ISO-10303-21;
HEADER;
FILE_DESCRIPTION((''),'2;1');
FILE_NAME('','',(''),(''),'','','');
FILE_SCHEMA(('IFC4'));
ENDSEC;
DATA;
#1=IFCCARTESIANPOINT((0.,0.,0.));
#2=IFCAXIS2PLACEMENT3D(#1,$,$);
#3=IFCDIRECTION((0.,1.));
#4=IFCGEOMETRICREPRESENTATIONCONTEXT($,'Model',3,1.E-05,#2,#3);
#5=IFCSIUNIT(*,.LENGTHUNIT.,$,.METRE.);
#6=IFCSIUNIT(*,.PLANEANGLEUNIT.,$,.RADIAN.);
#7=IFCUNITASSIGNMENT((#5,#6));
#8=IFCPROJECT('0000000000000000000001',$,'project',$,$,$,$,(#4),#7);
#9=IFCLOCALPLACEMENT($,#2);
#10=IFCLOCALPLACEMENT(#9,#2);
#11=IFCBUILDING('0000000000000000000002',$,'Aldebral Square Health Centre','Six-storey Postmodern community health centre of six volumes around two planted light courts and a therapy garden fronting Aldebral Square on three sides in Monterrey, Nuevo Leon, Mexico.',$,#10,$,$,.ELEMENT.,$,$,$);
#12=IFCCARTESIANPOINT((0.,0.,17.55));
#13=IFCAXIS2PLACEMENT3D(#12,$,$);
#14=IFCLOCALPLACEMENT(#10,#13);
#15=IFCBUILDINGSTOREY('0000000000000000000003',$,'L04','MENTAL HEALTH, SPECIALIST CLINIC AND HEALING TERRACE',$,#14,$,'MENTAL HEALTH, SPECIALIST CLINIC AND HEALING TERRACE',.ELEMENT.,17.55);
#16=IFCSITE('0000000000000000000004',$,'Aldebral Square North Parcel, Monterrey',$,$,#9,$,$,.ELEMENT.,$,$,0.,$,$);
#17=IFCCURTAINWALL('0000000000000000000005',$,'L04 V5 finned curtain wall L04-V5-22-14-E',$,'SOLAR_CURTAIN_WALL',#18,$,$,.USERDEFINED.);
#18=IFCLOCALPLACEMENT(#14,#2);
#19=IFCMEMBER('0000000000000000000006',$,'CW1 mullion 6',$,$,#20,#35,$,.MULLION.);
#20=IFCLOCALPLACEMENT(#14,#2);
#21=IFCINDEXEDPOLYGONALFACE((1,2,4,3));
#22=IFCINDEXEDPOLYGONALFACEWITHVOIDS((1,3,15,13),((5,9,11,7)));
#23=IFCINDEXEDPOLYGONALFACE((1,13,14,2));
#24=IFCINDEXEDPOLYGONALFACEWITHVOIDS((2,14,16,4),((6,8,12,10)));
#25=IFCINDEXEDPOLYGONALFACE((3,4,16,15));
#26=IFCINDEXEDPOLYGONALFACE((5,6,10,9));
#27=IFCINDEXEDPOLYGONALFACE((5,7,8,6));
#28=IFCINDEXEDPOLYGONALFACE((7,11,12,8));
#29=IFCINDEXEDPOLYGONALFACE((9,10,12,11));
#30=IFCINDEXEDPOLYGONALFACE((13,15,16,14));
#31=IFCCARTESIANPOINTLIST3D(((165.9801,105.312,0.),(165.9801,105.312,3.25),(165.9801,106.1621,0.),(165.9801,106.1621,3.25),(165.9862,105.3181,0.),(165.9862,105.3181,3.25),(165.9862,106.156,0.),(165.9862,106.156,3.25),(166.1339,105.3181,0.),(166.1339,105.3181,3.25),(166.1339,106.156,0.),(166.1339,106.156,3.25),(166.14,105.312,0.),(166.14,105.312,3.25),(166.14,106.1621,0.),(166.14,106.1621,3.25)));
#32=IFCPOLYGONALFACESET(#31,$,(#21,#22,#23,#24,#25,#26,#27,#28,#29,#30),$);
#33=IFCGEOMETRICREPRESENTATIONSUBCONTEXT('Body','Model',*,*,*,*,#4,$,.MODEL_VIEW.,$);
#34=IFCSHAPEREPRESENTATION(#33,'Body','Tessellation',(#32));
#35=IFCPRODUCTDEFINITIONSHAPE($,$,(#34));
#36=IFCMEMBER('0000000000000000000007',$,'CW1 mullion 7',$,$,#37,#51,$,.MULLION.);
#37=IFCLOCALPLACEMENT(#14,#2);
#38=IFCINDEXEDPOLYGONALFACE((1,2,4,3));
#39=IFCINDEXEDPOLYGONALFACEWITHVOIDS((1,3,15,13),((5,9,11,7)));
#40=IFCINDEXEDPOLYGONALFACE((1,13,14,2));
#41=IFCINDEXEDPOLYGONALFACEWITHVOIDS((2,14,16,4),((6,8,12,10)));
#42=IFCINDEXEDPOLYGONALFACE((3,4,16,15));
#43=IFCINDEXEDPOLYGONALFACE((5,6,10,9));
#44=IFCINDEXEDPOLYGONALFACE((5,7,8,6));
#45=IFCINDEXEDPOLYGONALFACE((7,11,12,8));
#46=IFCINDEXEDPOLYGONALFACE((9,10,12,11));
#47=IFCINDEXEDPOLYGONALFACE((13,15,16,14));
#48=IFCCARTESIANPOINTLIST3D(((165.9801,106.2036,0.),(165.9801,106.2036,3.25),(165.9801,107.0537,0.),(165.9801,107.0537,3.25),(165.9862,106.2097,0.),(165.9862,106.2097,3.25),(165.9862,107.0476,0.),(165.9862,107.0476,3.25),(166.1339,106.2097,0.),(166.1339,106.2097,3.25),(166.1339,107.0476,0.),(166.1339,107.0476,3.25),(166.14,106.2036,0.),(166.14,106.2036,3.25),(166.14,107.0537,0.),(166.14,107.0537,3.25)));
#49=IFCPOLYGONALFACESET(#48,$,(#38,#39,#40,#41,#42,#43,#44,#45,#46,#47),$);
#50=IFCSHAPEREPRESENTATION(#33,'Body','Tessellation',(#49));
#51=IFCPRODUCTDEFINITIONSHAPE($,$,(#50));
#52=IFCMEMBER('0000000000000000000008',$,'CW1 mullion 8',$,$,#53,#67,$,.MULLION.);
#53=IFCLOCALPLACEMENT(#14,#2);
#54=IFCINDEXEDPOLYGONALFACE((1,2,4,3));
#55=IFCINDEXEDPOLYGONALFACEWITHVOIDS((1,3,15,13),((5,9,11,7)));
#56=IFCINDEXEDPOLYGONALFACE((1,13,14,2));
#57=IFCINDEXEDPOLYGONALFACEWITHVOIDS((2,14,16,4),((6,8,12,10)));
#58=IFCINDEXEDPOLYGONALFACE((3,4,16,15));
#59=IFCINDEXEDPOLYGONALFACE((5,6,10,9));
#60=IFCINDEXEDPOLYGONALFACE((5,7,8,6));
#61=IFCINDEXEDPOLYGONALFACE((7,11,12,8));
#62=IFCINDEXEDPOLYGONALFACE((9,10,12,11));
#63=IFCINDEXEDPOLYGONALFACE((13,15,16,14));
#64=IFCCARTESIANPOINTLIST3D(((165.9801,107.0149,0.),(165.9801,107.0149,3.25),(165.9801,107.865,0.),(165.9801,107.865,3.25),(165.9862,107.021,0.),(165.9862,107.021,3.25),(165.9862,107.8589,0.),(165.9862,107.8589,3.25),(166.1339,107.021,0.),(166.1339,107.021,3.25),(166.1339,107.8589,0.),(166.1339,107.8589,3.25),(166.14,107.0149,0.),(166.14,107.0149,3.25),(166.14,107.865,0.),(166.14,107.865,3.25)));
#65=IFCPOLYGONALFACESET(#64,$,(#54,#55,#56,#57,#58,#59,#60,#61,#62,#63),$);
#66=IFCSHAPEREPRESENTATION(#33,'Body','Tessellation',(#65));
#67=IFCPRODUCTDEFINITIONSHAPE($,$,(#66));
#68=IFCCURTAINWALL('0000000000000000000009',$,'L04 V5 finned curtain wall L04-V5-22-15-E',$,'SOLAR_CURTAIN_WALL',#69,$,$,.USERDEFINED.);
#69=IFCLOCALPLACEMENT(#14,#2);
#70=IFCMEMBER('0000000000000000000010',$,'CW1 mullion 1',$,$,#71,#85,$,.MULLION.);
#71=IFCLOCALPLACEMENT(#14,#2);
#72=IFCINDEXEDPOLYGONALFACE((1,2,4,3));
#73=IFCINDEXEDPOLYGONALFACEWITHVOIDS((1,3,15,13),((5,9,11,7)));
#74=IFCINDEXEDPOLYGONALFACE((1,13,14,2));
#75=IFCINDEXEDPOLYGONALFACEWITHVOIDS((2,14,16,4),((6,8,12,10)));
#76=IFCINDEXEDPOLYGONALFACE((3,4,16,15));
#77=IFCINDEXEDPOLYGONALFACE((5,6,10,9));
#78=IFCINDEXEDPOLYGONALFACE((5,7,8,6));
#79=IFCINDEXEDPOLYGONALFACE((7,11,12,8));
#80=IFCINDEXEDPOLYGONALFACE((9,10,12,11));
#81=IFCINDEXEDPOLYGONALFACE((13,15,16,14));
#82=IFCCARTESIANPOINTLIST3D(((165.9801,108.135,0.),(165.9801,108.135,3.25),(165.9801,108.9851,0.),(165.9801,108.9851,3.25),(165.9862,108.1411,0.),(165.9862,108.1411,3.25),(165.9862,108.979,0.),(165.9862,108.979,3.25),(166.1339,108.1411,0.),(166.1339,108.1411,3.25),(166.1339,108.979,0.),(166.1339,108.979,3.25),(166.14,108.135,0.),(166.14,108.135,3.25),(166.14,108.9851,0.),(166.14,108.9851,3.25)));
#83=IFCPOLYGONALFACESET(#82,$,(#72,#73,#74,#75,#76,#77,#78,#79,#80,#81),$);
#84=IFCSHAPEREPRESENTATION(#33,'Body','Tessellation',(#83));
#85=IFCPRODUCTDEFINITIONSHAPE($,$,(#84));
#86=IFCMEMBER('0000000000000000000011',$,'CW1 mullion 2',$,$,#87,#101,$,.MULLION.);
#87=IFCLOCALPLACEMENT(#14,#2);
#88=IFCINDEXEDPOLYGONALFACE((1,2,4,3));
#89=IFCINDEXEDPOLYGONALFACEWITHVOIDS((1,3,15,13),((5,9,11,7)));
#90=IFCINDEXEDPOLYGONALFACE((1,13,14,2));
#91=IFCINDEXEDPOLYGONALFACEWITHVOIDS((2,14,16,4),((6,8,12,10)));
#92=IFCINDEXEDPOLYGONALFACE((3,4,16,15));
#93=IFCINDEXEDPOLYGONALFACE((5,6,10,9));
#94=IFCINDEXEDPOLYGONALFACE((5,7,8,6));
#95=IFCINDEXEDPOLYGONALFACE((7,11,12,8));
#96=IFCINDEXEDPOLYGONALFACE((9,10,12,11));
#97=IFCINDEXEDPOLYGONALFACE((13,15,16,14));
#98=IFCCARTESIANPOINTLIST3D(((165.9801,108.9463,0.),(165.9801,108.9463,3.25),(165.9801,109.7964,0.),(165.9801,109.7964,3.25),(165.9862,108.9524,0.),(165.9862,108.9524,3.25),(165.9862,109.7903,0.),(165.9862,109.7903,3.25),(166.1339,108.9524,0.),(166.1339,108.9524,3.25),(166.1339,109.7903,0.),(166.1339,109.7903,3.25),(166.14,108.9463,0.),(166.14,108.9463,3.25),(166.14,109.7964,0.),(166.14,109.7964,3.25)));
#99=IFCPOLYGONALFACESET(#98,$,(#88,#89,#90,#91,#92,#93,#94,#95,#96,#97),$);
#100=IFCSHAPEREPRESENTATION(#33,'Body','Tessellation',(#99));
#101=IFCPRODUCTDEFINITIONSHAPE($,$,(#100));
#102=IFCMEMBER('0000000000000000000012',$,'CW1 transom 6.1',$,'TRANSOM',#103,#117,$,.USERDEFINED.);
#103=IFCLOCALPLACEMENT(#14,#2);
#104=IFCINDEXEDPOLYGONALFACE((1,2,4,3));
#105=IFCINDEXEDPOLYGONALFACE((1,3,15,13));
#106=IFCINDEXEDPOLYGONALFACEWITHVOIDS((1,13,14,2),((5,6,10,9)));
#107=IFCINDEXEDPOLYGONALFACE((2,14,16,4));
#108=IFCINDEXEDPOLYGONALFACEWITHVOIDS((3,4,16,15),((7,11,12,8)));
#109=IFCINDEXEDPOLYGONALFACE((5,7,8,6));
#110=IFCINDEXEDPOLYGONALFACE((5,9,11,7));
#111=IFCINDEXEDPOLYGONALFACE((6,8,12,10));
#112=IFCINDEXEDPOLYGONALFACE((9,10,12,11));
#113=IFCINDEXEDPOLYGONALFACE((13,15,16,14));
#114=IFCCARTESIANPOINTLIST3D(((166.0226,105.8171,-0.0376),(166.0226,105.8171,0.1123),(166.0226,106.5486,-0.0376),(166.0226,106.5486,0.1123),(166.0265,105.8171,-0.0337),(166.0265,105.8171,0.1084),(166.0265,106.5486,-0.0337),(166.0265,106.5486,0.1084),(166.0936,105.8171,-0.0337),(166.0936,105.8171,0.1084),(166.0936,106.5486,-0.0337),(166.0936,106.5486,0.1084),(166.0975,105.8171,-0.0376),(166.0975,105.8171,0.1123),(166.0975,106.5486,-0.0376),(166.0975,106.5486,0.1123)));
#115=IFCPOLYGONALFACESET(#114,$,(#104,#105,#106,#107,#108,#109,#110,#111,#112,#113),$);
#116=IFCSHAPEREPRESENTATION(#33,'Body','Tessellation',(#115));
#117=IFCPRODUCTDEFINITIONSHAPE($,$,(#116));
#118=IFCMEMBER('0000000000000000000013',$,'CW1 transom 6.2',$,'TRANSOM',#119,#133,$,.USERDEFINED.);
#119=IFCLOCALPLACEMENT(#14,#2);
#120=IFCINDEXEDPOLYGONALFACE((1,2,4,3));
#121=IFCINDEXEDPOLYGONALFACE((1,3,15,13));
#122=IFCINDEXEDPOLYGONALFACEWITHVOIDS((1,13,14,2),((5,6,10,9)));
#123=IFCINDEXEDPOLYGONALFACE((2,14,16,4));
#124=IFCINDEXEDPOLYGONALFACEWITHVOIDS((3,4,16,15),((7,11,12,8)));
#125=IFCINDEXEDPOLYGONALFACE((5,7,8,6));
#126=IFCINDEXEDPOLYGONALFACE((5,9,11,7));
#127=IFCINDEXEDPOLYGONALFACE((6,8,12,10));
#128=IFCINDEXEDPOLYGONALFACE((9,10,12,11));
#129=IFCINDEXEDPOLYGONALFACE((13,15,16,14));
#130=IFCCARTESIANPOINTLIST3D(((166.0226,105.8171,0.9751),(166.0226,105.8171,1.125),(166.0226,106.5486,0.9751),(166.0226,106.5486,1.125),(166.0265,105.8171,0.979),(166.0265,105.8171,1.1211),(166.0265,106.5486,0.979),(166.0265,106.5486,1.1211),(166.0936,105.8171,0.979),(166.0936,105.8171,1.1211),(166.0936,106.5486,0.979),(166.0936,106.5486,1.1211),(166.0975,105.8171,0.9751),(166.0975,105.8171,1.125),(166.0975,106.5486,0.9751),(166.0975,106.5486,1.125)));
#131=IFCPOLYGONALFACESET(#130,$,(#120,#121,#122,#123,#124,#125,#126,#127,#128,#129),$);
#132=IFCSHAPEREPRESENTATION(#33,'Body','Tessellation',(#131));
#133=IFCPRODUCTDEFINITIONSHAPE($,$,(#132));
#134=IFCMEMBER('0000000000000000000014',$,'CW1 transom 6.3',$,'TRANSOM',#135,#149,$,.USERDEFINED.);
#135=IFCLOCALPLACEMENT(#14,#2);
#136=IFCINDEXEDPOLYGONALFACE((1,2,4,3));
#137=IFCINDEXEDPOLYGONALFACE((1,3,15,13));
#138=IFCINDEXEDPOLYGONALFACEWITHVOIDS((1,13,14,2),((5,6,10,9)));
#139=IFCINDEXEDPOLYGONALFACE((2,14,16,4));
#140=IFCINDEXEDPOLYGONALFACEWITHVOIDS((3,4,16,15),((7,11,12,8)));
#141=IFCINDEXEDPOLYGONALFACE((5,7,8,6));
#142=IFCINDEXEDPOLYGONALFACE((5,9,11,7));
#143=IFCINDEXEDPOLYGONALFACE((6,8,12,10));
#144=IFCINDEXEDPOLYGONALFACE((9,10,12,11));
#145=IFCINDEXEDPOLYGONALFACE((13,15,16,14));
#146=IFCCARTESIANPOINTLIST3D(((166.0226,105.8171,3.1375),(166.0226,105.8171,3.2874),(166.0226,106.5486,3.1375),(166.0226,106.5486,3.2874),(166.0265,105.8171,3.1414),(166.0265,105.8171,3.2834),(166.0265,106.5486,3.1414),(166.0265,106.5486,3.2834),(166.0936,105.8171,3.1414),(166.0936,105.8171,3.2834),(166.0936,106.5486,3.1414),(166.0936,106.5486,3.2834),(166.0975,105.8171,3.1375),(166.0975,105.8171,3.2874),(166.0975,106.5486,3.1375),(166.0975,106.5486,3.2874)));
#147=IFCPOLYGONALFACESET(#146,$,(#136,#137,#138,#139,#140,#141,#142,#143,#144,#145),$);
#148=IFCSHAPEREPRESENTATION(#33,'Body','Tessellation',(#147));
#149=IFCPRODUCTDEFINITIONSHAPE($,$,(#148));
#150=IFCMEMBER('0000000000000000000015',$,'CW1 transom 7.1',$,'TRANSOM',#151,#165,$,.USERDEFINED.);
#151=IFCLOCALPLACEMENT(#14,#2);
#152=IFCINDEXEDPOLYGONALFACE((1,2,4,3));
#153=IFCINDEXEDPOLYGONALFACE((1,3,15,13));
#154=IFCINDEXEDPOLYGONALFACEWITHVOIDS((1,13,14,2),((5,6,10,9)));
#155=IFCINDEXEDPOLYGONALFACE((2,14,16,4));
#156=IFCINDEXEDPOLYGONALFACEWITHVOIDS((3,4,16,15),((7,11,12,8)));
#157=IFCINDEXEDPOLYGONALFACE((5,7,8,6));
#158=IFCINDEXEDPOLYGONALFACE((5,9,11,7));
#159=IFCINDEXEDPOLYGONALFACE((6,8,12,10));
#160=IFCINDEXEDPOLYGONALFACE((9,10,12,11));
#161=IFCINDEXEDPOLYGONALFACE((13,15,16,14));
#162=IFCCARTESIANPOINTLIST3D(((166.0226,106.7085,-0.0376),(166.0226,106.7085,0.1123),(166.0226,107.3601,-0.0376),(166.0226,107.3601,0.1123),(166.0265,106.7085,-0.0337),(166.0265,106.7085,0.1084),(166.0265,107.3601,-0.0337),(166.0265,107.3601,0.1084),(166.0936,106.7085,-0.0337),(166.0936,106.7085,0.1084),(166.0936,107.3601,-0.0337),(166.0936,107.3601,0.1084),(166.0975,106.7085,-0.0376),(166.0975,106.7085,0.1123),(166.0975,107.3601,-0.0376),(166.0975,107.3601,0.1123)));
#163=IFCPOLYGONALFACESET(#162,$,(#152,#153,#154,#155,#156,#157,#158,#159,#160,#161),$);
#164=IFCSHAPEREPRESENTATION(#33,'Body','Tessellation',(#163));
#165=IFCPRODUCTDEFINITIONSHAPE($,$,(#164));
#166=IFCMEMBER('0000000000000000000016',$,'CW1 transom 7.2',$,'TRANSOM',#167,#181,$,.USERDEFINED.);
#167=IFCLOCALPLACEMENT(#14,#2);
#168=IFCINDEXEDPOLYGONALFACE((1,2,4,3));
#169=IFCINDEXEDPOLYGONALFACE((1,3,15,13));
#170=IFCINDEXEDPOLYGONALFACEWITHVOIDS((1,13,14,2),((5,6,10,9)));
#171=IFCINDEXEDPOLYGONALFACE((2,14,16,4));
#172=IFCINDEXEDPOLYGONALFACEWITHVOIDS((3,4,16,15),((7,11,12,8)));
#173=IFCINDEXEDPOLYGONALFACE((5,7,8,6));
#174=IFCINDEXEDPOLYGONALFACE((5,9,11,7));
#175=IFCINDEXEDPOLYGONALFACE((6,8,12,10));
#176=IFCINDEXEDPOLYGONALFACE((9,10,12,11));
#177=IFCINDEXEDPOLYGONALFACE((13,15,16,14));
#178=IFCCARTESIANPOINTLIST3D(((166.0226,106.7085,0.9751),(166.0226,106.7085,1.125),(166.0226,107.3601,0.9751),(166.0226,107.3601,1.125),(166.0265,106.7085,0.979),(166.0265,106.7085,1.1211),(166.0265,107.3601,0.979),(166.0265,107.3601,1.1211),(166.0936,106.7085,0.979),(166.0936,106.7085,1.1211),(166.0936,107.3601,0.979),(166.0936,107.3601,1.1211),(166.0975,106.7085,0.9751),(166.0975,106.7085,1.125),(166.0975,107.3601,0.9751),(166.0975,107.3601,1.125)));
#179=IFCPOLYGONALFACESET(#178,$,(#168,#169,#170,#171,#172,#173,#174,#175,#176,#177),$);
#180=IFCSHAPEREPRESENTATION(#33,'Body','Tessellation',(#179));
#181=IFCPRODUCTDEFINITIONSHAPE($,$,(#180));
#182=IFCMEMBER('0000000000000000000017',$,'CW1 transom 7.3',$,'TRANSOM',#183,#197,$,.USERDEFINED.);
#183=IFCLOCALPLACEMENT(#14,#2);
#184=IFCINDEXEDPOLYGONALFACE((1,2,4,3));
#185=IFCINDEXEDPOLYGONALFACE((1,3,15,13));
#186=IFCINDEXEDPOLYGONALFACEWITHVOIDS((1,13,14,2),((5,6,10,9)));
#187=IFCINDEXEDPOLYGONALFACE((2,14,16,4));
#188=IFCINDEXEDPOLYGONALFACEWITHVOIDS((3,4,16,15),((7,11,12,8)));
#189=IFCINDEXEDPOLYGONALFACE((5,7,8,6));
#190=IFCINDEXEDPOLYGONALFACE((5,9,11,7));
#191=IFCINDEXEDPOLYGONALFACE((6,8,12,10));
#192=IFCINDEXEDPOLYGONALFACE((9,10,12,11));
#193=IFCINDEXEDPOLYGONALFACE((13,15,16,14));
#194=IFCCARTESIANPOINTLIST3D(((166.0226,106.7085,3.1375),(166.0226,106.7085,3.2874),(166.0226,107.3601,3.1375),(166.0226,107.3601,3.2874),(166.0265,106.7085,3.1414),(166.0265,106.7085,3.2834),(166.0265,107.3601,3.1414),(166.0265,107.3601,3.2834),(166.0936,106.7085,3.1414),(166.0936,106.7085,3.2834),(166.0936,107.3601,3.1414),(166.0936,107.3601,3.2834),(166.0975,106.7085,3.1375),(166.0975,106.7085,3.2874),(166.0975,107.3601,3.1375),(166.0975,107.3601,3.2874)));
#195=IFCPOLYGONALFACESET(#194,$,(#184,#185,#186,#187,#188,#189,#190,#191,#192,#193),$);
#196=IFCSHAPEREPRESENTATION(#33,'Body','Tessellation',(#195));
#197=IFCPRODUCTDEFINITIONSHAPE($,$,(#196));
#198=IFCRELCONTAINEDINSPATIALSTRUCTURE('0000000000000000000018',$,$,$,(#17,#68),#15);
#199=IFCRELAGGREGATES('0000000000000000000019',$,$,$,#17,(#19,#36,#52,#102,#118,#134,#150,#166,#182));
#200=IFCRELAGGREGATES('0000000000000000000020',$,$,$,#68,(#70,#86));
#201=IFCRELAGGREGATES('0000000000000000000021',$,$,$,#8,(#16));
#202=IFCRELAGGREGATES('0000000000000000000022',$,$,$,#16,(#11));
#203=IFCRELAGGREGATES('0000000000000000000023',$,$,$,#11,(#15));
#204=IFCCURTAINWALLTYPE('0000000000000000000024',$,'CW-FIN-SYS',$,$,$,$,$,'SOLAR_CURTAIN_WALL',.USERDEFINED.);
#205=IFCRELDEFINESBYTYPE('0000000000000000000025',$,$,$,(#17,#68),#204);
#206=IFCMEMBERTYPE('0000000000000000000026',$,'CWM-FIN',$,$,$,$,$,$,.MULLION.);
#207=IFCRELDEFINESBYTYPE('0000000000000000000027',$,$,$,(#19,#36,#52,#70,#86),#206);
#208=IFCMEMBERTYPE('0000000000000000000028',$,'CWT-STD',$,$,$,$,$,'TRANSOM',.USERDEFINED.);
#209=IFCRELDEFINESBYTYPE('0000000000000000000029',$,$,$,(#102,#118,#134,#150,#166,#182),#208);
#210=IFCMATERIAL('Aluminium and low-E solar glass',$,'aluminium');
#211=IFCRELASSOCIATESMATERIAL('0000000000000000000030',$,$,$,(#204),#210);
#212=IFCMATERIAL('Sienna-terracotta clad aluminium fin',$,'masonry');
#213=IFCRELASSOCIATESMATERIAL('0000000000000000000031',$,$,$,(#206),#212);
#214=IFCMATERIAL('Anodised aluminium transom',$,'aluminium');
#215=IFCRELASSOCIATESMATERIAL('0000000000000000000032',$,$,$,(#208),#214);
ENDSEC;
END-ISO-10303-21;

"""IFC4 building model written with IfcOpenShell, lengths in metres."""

from ifc_helpers import new_model, si_unit, direction, frame, origin, origin_2d, place, context, subcontext, project, spatial, hollow_rectangle, extrude, material, material_profile, profile_set, type_object, element, aggregate, save


model = new_model("IFC4")

# Units and contexts
model_context = context("Model", 3, precision=1e-05, world=origin(), true_north=direction((0.0, 1.0)))
body_context = subcontext(model_context, "Body", "Model", "MODEL_VIEW")
ifc_project = project(units=[si_unit("LENGTHUNIT", "METRE"), si_unit("PLANEANGLEUNIT", "RADIAN")], contexts=[model_context])

# Site, building, storey
site_placement = place(None, origin())
site = spatial("IfcSite", under=ifc_project, at=site_placement, Name="Aldebral Square North Parcel, Monterrey", CompositionType="ELEMENT", RefElevation=0.0)
building_placement = place(site_placement, origin())
building = spatial("IfcBuilding", under=site, at=building_placement, Name="Aldebral Square Health Centre", Description="Six-storey Postmodern community health centre of six volumes around two planted light courts and a therapy garden fronting Aldebral Square on three sides in Monterrey, Nuevo Leon, Mexico.", CompositionType="ELEMENT")
storey_placement = place(building_placement, frame((0.0, 0.0, 17.55)))
storey = spatial("IfcBuildingStorey", under=building, at=storey_placement, Name="L04", Description="MENTAL HEALTH, SPECIALIST CLINIC AND HEALING TERRACE", LongName="MENTAL HEALTH, SPECIALIST CLINIC AND HEALING TERRACE", CompositionType="ELEMENT", Elevation=17.55)

# Curtain walls, members
ifc_material_1 = material(Name="Aluminium and low-E solar glass", Category="aluminium")
curtain_wall_type = type_object("IfcCurtainWallType", Name="CW-FIN-SYS", ElementType="SOLAR_CURTAIN_WALL", PredefinedType="USERDEFINED", material=ifc_material_1)
curtain_wall_1_placement = place(storey_placement, origin())
curtain_wall_1 = element("IfcCurtainWall", 1, at=curtain_wall_1_placement, inside=storey, type_object=curtain_wall_type, Name="L04 V5 finned curtain wall L04-V5-22-14-E", ObjectType="SOLAR_CURTAIN_WALL", PredefinedType="USERDEFINED")
ifc_material_2 = material(Name="Sienna-terracotta clad aluminium fin", Category="masonry")
ifc_material_profile_1 = material_profile(ifc_material_2, hollow_rectangle(XDim=0.1599, YDim=0.8501, WallThickness=0.0061, at=origin_2d()), Name="FIN 160x850x6")
ifc_profile_set_1 = profile_set([ifc_material_profile_1], Name="Sienna-terracotta clad aluminium fin")
member_type_1 = type_object("IfcMemberType", Name="CWM-FIN", PredefinedType="MULLION", material=ifc_profile_set_1)
member_1_placement = place(storey_placement, frame((166.0601, 105.7371, 0.0), z_axis=(0.0, 0.0, 1.0), x_axis=(-1.0, 0.0, 0.0)))
member_1 = element("IfcMember", 2, at=member_1_placement, type_object=member_type_1, Name="CW1 mullion 6", PredefinedType="MULLION", context=body_context, shape_type="SweptSolid", body=[
    extrude(hollow_rectangle(XDim=0.1599, YDim=0.8501, WallThickness=0.0061, at=origin_2d()), origin(), (0.0, 0.0, 1.0), 3.25),
])
member_2_placement = place(storey_placement, frame((166.0601, 106.6287, 0.0), z_axis=(0.0, 0.0, 1.0), x_axis=(-1.0, 0.0, 0.0)))
member_2 = element("IfcMember", 3, at=member_2_placement, type_object=member_type_1, Name="CW1 mullion 7", PredefinedType="MULLION", context=body_context, shape_type="SweptSolid", body=[
    extrude(hollow_rectangle(XDim=0.1599, YDim=0.8501, WallThickness=0.0061, at=origin_2d()), origin(), (0.0, 0.0, 1.0), 3.25),
])
member_3_placement = place(storey_placement, frame((166.0601, 107.4399, 0.0), z_axis=(0.0, 0.0, 1.0), x_axis=(-1.0, 0.0, 0.0)))
member_3 = element("IfcMember", 4, at=member_3_placement, type_object=member_type_1, Name="CW1 mullion 8", PredefinedType="MULLION", context=body_context, shape_type="SweptSolid", body=[
    extrude(hollow_rectangle(XDim=0.1599, YDim=0.8501, WallThickness=0.0061, at=origin_2d()), origin(), (0.0, 0.0, 1.0), 3.25),
])
curtain_wall_2_placement = place(storey_placement, origin())
curtain_wall_2 = element("IfcCurtainWall", 5, at=curtain_wall_2_placement, inside=storey, type_object=curtain_wall_type, Name="L04 V5 finned curtain wall L04-V5-22-15-E", ObjectType="SOLAR_CURTAIN_WALL", PredefinedType="USERDEFINED")
member_4_placement = place(storey_placement, frame((166.0601, 108.5601, 0.0), z_axis=(0.0, 0.0, 1.0), x_axis=(-1.0, 0.0, 0.0)))
member_4 = element("IfcMember", 6, at=member_4_placement, type_object=member_type_1, Name="CW1 mullion 1", PredefinedType="MULLION", context=body_context, shape_type="SweptSolid", body=[
    extrude(hollow_rectangle(XDim=0.1599, YDim=0.8501, WallThickness=0.0061, at=origin_2d()), origin(), (0.0, 0.0, 1.0), 3.25),
])
member_5_placement = place(storey_placement, frame((166.0601, 109.3713, 0.0), z_axis=(0.0, 0.0, 1.0), x_axis=(-1.0, 0.0, 0.0)))
member_5 = element("IfcMember", 7, at=member_5_placement, type_object=member_type_1, Name="CW1 mullion 2", PredefinedType="MULLION", context=body_context, shape_type="SweptSolid", body=[
    extrude(hollow_rectangle(XDim=0.1599, YDim=0.8501, WallThickness=0.0061, at=origin_2d()), origin(), (0.0, 0.0, 1.0), 3.25),
])

# Members
ifc_material_3 = material(Name="Anodised aluminium transom", Category="aluminium")
ifc_material_profile_2 = material_profile(ifc_material_3, hollow_rectangle(XDim=0.075, YDim=0.1499, WallThickness=0.0039, at=origin_2d()), Name="CWT 75x150x4")
ifc_profile_set_2 = profile_set([ifc_material_profile_2], Name="Anodised aluminium transom")
member_type_2 = type_object("IfcMemberType", Name="CWT-STD", ElementType="TRANSOM", PredefinedType="USERDEFINED", material=ifc_profile_set_2)
member_6_placement = place(storey_placement, frame((166.0601, 105.8171, 0.0374), z_axis=(0.0, 1.0, 0.0), x_axis=(-1.0, 0.0, 0.0)))
member_6 = element("IfcMember", 8, at=member_6_placement, type_object=member_type_2, Name="CW1 transom 6.1", ObjectType="TRANSOM", PredefinedType="USERDEFINED", context=body_context, shape_type="SweptSolid", body=[
    extrude(hollow_rectangle(XDim=0.075, YDim=0.1499, WallThickness=0.0039, at=origin_2d()), origin(), (0.0, 0.0, 1.0), 0.7314),
])
member_7_placement = place(storey_placement, frame((166.0601, 105.8171, 1.05), z_axis=(0.0, 1.0, 0.0), x_axis=(-1.0, 0.0, 0.0)))
member_7 = element("IfcMember", 9, at=member_7_placement, type_object=member_type_2, Name="CW1 transom 6.2", ObjectType="TRANSOM", PredefinedType="USERDEFINED", context=body_context, shape_type="SweptSolid", body=[
    extrude(hollow_rectangle(XDim=0.075, YDim=0.1499, WallThickness=0.0039, at=origin_2d()), origin(), (0.0, 0.0, 1.0), 0.7314),
])
member_8_placement = place(storey_placement, frame((166.0601, 105.8171, 3.2124), z_axis=(0.0, 1.0, 0.0), x_axis=(-1.0, 0.0, 0.0)))
member_8 = element("IfcMember", 10, at=member_8_placement, type_object=member_type_2, Name="CW1 transom 6.3", ObjectType="TRANSOM", PredefinedType="USERDEFINED", context=body_context, shape_type="SweptSolid", body=[
    extrude(hollow_rectangle(XDim=0.075, YDim=0.1499, WallThickness=0.0039, at=origin_2d()), origin(), (0.0, 0.0, 1.0), 0.7314),
])
member_9_placement = place(storey_placement, frame((166.0601, 106.7085, 0.0374), z_axis=(0.0, 1.0, 0.0), x_axis=(-1.0, 0.0, 0.0)))
member_9 = element("IfcMember", 11, at=member_9_placement, type_object=member_type_2, Name="CW1 transom 7.1", ObjectType="TRANSOM", PredefinedType="USERDEFINED", context=body_context, shape_type="SweptSolid", body=[
    extrude(hollow_rectangle(XDim=0.075, YDim=0.1499, WallThickness=0.0039, at=origin_2d()), origin(), (0.0, 0.0, 1.0), 0.6516),
])
member_10_placement = place(storey_placement, frame((166.0601, 106.7085, 1.05), z_axis=(0.0, 1.0, 0.0), x_axis=(-1.0, 0.0, 0.0)))
member_10 = element("IfcMember", 12, at=member_10_placement, type_object=member_type_2, Name="CW1 transom 7.2", ObjectType="TRANSOM", PredefinedType="USERDEFINED", context=body_context, shape_type="SweptSolid", body=[
    extrude(hollow_rectangle(XDim=0.075, YDim=0.1499, WallThickness=0.0039, at=origin_2d()), origin(), (0.0, 0.0, 1.0), 0.6516),
])
member_11_placement = place(storey_placement, frame((166.0601, 106.7085, 3.2124), z_axis=(0.0, 1.0, 0.0), x_axis=(-1.0, 0.0, 0.0)))
member_11 = element("IfcMember", 13, at=member_11_placement, type_object=member_type_2, Name="CW1 transom 7.3", ObjectType="TRANSOM", PredefinedType="USERDEFINED", context=body_context, shape_type="SweptSolid", body=[
    extrude(hollow_rectangle(XDim=0.075, YDim=0.1499, WallThickness=0.0039, at=origin_2d()), origin(), (0.0, 0.0, 1.0), 0.6516),
])

aggregate(curtain_wall_1, [member_1, member_2, member_3, member_6, member_7, member_8, member_9, member_10, member_11])
aggregate(curtain_wall_2, [member_4, member_5])

save(model, "model.ifc")
